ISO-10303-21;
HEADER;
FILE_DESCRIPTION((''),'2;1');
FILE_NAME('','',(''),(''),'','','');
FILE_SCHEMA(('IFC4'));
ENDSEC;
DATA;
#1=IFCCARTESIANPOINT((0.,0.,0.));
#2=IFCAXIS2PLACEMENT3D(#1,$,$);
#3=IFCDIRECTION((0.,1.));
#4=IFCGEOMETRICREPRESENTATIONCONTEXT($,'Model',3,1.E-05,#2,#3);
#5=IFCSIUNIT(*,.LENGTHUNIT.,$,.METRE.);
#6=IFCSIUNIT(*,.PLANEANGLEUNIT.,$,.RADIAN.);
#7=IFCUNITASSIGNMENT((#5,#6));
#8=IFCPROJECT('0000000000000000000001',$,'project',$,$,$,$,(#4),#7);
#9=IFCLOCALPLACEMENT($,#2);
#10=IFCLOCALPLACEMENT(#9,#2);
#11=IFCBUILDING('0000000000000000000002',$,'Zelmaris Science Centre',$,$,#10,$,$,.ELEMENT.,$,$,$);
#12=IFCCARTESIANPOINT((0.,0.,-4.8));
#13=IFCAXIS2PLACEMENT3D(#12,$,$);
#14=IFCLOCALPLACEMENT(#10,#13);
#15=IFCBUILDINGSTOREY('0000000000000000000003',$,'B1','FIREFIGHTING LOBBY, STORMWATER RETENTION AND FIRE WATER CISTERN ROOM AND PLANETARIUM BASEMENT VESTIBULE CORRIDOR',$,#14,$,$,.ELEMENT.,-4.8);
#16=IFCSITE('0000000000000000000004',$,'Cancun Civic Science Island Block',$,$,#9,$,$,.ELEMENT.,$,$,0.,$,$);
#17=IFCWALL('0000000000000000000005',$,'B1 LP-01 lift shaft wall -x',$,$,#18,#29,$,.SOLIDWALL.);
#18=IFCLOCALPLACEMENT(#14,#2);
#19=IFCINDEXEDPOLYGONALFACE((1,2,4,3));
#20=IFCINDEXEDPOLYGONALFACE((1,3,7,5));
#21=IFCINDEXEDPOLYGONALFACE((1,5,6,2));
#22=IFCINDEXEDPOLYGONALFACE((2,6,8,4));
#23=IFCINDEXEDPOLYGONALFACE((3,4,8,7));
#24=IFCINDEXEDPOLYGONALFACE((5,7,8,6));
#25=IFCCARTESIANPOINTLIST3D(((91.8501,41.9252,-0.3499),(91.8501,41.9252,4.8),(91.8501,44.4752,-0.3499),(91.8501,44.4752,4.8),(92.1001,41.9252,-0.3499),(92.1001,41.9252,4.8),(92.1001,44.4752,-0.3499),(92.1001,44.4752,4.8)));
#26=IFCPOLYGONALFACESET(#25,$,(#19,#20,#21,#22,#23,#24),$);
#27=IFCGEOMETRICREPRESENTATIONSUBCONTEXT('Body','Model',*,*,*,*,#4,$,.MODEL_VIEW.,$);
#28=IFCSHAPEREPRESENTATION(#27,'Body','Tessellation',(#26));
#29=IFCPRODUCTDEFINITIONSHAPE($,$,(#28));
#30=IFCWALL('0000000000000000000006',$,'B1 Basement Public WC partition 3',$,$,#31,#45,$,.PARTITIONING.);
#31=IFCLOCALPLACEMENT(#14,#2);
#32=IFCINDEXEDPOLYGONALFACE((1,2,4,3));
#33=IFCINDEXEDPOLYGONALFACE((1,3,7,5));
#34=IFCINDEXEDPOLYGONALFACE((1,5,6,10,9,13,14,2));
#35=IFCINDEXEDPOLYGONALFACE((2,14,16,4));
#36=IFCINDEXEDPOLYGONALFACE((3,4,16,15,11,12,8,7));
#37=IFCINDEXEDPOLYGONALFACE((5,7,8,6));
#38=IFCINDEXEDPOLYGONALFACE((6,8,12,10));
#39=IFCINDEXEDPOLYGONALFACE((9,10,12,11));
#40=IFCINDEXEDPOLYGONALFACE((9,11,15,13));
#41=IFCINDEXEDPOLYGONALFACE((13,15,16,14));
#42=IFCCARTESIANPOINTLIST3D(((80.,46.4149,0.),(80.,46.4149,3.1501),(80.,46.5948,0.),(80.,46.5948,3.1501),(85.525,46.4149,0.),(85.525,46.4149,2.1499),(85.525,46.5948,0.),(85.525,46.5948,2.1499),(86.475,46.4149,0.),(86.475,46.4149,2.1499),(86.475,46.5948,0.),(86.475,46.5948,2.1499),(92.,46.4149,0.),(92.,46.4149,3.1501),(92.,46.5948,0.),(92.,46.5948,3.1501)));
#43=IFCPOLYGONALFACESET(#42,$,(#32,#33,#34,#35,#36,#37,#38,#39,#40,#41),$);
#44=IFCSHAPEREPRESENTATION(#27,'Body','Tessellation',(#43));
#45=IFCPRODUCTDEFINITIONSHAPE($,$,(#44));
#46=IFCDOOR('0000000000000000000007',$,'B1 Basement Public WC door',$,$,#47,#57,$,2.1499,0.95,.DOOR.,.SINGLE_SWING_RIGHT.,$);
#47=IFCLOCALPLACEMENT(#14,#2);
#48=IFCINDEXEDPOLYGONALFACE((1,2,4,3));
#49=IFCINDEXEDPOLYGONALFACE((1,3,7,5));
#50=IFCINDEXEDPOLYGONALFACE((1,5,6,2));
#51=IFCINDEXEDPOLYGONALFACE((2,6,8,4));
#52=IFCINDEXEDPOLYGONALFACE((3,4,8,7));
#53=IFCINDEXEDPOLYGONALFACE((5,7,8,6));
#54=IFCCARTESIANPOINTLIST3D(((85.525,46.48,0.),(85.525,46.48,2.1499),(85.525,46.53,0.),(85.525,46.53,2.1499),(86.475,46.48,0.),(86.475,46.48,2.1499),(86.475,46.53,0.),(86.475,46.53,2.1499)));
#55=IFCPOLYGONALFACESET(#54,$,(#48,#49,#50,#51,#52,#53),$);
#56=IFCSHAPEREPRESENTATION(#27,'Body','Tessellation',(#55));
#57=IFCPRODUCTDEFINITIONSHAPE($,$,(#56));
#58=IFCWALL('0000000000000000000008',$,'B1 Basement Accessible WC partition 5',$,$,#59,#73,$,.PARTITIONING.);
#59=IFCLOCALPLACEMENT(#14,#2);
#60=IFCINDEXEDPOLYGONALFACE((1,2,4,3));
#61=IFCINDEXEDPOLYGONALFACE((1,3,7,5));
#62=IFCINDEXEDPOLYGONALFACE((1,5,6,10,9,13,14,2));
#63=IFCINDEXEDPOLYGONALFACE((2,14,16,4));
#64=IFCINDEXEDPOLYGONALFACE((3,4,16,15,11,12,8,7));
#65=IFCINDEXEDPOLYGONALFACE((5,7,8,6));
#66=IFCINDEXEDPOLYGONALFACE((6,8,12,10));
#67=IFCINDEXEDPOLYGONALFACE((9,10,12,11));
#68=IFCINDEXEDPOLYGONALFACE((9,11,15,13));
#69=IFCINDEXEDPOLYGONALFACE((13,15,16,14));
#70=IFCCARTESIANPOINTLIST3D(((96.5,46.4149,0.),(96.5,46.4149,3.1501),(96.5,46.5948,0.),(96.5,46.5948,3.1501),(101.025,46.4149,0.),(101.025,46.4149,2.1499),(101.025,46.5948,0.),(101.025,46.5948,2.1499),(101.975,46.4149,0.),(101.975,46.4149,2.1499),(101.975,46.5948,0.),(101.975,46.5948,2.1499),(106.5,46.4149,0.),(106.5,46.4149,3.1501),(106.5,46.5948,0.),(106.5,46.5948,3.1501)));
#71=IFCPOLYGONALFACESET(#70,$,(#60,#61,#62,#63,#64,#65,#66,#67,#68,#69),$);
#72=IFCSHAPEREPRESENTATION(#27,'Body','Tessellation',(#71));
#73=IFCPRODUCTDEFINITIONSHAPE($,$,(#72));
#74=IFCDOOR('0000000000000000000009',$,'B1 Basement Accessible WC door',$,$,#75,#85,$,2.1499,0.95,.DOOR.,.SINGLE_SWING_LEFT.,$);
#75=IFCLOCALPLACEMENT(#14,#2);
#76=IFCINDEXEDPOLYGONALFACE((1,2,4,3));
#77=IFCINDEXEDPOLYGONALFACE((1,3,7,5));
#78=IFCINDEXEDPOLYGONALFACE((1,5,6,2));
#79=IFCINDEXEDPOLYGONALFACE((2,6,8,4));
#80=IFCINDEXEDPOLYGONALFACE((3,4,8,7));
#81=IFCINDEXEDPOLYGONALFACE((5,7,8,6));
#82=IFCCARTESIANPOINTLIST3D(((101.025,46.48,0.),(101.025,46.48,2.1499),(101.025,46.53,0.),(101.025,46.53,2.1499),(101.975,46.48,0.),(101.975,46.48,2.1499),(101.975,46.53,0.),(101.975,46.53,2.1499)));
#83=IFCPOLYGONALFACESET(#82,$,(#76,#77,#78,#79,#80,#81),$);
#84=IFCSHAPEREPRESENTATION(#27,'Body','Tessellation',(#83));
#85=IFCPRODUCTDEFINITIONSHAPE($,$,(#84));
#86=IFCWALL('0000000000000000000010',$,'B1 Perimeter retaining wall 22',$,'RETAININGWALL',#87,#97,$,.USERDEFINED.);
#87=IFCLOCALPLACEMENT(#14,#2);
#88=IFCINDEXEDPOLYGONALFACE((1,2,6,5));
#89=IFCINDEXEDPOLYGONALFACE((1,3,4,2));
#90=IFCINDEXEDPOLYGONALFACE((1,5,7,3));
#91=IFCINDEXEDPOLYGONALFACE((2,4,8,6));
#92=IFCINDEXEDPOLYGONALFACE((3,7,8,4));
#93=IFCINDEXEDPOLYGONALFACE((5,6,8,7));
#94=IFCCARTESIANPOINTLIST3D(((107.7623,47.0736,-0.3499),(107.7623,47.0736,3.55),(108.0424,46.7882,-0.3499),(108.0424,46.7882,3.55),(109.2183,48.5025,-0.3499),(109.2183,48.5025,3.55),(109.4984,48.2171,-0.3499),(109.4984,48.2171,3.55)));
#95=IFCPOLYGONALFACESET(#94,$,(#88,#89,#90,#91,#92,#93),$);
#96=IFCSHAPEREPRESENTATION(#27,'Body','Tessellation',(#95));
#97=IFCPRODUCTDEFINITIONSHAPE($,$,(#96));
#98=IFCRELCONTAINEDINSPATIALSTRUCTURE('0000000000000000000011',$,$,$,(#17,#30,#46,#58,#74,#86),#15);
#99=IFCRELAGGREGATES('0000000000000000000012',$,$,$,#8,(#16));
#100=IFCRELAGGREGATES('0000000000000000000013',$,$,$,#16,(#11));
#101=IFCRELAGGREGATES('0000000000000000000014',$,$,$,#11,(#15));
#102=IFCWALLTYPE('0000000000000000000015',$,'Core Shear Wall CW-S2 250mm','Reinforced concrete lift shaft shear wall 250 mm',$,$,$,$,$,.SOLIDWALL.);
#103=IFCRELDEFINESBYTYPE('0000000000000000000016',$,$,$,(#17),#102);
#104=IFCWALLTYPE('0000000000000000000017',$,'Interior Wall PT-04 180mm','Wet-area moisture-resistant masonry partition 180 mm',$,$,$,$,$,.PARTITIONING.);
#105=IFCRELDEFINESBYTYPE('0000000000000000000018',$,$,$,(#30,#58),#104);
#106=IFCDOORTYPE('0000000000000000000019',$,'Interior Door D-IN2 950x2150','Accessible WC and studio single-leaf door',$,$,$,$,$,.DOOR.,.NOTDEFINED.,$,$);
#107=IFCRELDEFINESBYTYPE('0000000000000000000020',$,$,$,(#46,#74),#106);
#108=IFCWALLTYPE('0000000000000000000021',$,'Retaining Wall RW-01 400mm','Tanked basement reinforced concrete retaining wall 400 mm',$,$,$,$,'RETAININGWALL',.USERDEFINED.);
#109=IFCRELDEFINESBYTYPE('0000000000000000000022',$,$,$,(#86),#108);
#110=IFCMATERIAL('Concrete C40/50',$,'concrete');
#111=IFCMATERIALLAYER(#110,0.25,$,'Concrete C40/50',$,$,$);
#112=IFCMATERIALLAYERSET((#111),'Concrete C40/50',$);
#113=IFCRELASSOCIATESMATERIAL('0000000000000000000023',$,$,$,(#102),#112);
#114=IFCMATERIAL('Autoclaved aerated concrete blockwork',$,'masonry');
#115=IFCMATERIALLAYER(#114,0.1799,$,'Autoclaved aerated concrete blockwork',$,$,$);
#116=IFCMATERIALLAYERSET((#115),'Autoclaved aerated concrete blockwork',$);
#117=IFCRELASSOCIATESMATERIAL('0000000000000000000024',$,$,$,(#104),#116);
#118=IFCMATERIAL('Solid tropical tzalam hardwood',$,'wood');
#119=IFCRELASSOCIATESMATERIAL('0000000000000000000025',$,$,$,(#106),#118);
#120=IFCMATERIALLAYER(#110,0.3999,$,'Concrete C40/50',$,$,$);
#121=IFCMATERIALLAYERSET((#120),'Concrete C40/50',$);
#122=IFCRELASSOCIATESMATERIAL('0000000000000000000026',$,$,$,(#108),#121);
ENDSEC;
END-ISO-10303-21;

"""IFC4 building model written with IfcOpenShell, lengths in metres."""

from ifc_helpers import new_model, si_unit, direction, frame, frame_2d, origin, place, context, subcontext, project, spatial, rectangle, extrude, material, layer, layer_set, type_object, element, fill, save


model = new_model("IFC4")

# Units and contexts
model_context = context("Model", 3, precision=1e-05, world=origin(), true_north=direction((0.0, 1.0)))
body_context = subcontext(model_context, "Body", "Model", "MODEL_VIEW")
ifc_project = project(units=[si_unit("LENGTHUNIT", "METRE"), si_unit("PLANEANGLEUNIT", "RADIAN")], contexts=[model_context])

# Site, building, storey
site_placement = place(None, origin())
site = spatial("IfcSite", under=ifc_project, at=site_placement, Name="Cancun Civic Science Island Block", CompositionType="ELEMENT", RefElevation=0.0)
building_placement = place(site_placement, origin())
building = spatial("IfcBuilding", under=site, at=building_placement, Name="Zelmaris Science Centre", CompositionType="ELEMENT")
storey_placement = place(building_placement, frame((0.0, 0.0, -4.8)))
storey = spatial("IfcBuildingStorey", under=building, at=storey_placement, Name="B1", Description="FIREFIGHTING LOBBY, STORMWATER RETENTION AND FIRE WATER CISTERN ROOM AND PLANETARIUM BASEMENT VESTIBULE CORRIDOR", CompositionType="ELEMENT", Elevation=-4.8)

# Shared definitions
ifc_material_1 = material(Name="Concrete C40/50", Category="concrete")

# Shared definitions
ifc_layer_1 = layer(ifc_material_1, 0.25, Name="Concrete C40/50")
ifc_layer_set_1 = layer_set([ifc_layer_1], Name="Concrete C40/50")
wall_type_1 = type_object("IfcWallType", Name="Core Shear Wall CW-S2 250mm", Description="Reinforced concrete lift shaft shear wall 250 mm", PredefinedType="SOLIDWALL", material=ifc_layer_set_1)

# Wall
wall_1_placement = place(storey_placement, frame((91.9751, 44.4751, -0.3499), z_axis=(0.0, 0.0, 1.0), x_axis=(0.0, -1.0, 0.0)))
element("IfcWall", 1, at=wall_1_placement, inside=storey, type_object=wall_type_1, Name="B1 LP-01 lift shaft wall -x", PredefinedType="SOLIDWALL", context=body_context, shape_type="SweptSolid", body=[
    extrude(rectangle(XDim=2.55, YDim=0.25, at=frame_2d((1.2749, 0.0))), origin(), (0.0, 0.0, 1.0), 5.1499),
])

# Walls, openings, doors
ifc_material_2 = material(Name="Autoclaved aerated concrete blockwork", Category="masonry")
ifc_layer_2 = layer(ifc_material_2, 0.1799, Name="Autoclaved aerated concrete blockwork")
ifc_layer_set_2 = layer_set([ifc_layer_2], Name="Autoclaved aerated concrete blockwork")
wall_type_2 = type_object("IfcWallType", Name="Interior Wall PT-04 180mm", Description="Wet-area moisture-resistant masonry partition 180 mm", PredefinedType="PARTITIONING", material=ifc_layer_set_2)
wall_2_placement = place(storey_placement, frame((92.0, 46.5049, 0.0), z_axis=(0.0, 0.0, 1.0), x_axis=(-1.0, 0.0, 0.0)))
wall_2 = element("IfcWall", 2, at=wall_2_placement, inside=storey, type_object=wall_type_2, Name="B1 Basement Public WC partition 3", PredefinedType="PARTITIONING", context=body_context, shape_type="SweptSolid", body=[
    extrude(rectangle(XDim=12.0, YDim=0.1799, at=frame_2d((6.0, 0.0))), origin(), (0.0, 0.0, 1.0), 3.1501),
])
opening_1_placement = place(wall_2_placement, frame((5.5249, 0.0, 0.0)))
opening_1 = element("IfcOpeningElement", 3, at=opening_1_placement, cuts=wall_2, PredefinedType="OPENING", context=body_context, shape_type="SweptSolid", body=[
    extrude(rectangle(XDim=0.95, YDim=2.1499, at=frame_2d((0.4751, 1.075))), frame((0.0, 0.0999, 0.0), z_axis=(0.0, -1.0, 0.0), x_axis=(1.0, 0.0, 0.0)), (0.0, 0.0, 1.0), 0.2),
])
ifc_material_3 = material(Name="Solid tropical tzalam hardwood", Category="wood")
door_type_1 = type_object("IfcDoorType", Name="Interior Door D-IN2 950x2150", Description="Accessible WC and studio single-leaf door", OperationType="NOTDEFINED", PredefinedType="DOOR", material=ifc_material_3)
door_1_placement = place(opening_1_placement, origin())
door_1 = element("IfcDoor", 4, at=door_1_placement, inside=storey, type_object=door_type_1, Name="B1 Basement Public WC door", OperationType="SINGLE_SWING_RIGHT", OverallHeight=2.1499, OverallWidth=0.95, PredefinedType="DOOR", context=body_context, shape_type="SweptSolid", body=[
    extrude(rectangle(XDim=0.95, YDim=2.1499, at=frame_2d((0.4751, 1.075))), frame((0.0, 0.0249, 0.0), z_axis=(0.0, -1.0, 0.0), x_axis=(1.0, 0.0, 0.0)), (0.0, 0.0, 1.0), 0.05),
])
fill(opening_1, door_1)
wall_3_placement = place(storey_placement, frame((106.5, 46.5049, 0.0), z_axis=(0.0, 0.0, 1.0), x_axis=(-1.0, 0.0, 0.0)))
wall_3 = element("IfcWall", 5, at=wall_3_placement, inside=storey, type_object=wall_type_2, Name="B1 Basement Accessible WC partition 5", PredefinedType="PARTITIONING", context=body_context, shape_type="SweptSolid", body=[
    extrude(rectangle(XDim=10.0, YDim=0.1799, at=frame_2d((5.0, 0.0))), origin(), (0.0, 0.0, 1.0), 3.1501),
])
opening_2_placement = place(wall_3_placement, frame((4.5249, 0.0, 0.0)))
opening_2 = element("IfcOpeningElement", 6, at=opening_2_placement, cuts=wall_3, PredefinedType="OPENING", context=body_context, shape_type="SweptSolid", body=[
    extrude(rectangle(XDim=0.95, YDim=2.1499, at=frame_2d((0.4751, 1.075))), frame((0.0, 0.0999, 0.0), z_axis=(0.0, -1.0, 0.0), x_axis=(1.0, 0.0, 0.0)), (0.0, 0.0, 1.0), 0.2),
])
door_2_placement = place(opening_2_placement, origin())
door_2 = element("IfcDoor", 7, at=door_2_placement, inside=storey, type_object=door_type_1, Name="B1 Basement Accessible WC door", OperationType="SINGLE_SWING_LEFT", OverallHeight=2.1499, OverallWidth=0.95, PredefinedType="DOOR", context=body_context, shape_type="SweptSolid", body=[
    extrude(rectangle(XDim=0.95, YDim=2.1499, at=frame_2d((0.4751, 1.075))), frame((0.0, 0.0249, 0.0), z_axis=(0.0, -1.0, 0.0), x_axis=(1.0, 0.0, 0.0)), (0.0, 0.0, 1.0), 0.05),
])
fill(opening_2, door_2)

# Wall
ifc_layer_3 = layer(ifc_material_1, 0.3999, Name="Concrete C40/50")
ifc_layer_set_3 = layer_set([ifc_layer_3], Name="Concrete C40/50")
wall_type_3 = type_object("IfcWallType", Name="Retaining Wall RW-01 400mm", Description="Tanked basement reinforced concrete retaining wall 400 mm", ElementType="RETAININGWALL", PredefinedType="USERDEFINED", material=ifc_layer_set_3)
wall_4_placement = place(storey_placement, frame((107.9023, 46.9309, -0.3499), z_axis=(0.0, 0.0, 1.0), x_axis=(0.713717, 0.700434, 0.0)))
element("IfcWall", 8, at=wall_4_placement, inside=storey, type_object=wall_type_3, Name="B1 Perimeter retaining wall 22", ObjectType="RETAININGWALL", PredefinedType="USERDEFINED", context=body_context, shape_type="SweptSolid", body=[
    extrude(rectangle(XDim=2.04, YDim=0.3999, at=frame_2d((1.02, 0.0))), origin(), (0.0, 0.0, 1.0), 3.8999),
])

save(model, "model.ifc")
